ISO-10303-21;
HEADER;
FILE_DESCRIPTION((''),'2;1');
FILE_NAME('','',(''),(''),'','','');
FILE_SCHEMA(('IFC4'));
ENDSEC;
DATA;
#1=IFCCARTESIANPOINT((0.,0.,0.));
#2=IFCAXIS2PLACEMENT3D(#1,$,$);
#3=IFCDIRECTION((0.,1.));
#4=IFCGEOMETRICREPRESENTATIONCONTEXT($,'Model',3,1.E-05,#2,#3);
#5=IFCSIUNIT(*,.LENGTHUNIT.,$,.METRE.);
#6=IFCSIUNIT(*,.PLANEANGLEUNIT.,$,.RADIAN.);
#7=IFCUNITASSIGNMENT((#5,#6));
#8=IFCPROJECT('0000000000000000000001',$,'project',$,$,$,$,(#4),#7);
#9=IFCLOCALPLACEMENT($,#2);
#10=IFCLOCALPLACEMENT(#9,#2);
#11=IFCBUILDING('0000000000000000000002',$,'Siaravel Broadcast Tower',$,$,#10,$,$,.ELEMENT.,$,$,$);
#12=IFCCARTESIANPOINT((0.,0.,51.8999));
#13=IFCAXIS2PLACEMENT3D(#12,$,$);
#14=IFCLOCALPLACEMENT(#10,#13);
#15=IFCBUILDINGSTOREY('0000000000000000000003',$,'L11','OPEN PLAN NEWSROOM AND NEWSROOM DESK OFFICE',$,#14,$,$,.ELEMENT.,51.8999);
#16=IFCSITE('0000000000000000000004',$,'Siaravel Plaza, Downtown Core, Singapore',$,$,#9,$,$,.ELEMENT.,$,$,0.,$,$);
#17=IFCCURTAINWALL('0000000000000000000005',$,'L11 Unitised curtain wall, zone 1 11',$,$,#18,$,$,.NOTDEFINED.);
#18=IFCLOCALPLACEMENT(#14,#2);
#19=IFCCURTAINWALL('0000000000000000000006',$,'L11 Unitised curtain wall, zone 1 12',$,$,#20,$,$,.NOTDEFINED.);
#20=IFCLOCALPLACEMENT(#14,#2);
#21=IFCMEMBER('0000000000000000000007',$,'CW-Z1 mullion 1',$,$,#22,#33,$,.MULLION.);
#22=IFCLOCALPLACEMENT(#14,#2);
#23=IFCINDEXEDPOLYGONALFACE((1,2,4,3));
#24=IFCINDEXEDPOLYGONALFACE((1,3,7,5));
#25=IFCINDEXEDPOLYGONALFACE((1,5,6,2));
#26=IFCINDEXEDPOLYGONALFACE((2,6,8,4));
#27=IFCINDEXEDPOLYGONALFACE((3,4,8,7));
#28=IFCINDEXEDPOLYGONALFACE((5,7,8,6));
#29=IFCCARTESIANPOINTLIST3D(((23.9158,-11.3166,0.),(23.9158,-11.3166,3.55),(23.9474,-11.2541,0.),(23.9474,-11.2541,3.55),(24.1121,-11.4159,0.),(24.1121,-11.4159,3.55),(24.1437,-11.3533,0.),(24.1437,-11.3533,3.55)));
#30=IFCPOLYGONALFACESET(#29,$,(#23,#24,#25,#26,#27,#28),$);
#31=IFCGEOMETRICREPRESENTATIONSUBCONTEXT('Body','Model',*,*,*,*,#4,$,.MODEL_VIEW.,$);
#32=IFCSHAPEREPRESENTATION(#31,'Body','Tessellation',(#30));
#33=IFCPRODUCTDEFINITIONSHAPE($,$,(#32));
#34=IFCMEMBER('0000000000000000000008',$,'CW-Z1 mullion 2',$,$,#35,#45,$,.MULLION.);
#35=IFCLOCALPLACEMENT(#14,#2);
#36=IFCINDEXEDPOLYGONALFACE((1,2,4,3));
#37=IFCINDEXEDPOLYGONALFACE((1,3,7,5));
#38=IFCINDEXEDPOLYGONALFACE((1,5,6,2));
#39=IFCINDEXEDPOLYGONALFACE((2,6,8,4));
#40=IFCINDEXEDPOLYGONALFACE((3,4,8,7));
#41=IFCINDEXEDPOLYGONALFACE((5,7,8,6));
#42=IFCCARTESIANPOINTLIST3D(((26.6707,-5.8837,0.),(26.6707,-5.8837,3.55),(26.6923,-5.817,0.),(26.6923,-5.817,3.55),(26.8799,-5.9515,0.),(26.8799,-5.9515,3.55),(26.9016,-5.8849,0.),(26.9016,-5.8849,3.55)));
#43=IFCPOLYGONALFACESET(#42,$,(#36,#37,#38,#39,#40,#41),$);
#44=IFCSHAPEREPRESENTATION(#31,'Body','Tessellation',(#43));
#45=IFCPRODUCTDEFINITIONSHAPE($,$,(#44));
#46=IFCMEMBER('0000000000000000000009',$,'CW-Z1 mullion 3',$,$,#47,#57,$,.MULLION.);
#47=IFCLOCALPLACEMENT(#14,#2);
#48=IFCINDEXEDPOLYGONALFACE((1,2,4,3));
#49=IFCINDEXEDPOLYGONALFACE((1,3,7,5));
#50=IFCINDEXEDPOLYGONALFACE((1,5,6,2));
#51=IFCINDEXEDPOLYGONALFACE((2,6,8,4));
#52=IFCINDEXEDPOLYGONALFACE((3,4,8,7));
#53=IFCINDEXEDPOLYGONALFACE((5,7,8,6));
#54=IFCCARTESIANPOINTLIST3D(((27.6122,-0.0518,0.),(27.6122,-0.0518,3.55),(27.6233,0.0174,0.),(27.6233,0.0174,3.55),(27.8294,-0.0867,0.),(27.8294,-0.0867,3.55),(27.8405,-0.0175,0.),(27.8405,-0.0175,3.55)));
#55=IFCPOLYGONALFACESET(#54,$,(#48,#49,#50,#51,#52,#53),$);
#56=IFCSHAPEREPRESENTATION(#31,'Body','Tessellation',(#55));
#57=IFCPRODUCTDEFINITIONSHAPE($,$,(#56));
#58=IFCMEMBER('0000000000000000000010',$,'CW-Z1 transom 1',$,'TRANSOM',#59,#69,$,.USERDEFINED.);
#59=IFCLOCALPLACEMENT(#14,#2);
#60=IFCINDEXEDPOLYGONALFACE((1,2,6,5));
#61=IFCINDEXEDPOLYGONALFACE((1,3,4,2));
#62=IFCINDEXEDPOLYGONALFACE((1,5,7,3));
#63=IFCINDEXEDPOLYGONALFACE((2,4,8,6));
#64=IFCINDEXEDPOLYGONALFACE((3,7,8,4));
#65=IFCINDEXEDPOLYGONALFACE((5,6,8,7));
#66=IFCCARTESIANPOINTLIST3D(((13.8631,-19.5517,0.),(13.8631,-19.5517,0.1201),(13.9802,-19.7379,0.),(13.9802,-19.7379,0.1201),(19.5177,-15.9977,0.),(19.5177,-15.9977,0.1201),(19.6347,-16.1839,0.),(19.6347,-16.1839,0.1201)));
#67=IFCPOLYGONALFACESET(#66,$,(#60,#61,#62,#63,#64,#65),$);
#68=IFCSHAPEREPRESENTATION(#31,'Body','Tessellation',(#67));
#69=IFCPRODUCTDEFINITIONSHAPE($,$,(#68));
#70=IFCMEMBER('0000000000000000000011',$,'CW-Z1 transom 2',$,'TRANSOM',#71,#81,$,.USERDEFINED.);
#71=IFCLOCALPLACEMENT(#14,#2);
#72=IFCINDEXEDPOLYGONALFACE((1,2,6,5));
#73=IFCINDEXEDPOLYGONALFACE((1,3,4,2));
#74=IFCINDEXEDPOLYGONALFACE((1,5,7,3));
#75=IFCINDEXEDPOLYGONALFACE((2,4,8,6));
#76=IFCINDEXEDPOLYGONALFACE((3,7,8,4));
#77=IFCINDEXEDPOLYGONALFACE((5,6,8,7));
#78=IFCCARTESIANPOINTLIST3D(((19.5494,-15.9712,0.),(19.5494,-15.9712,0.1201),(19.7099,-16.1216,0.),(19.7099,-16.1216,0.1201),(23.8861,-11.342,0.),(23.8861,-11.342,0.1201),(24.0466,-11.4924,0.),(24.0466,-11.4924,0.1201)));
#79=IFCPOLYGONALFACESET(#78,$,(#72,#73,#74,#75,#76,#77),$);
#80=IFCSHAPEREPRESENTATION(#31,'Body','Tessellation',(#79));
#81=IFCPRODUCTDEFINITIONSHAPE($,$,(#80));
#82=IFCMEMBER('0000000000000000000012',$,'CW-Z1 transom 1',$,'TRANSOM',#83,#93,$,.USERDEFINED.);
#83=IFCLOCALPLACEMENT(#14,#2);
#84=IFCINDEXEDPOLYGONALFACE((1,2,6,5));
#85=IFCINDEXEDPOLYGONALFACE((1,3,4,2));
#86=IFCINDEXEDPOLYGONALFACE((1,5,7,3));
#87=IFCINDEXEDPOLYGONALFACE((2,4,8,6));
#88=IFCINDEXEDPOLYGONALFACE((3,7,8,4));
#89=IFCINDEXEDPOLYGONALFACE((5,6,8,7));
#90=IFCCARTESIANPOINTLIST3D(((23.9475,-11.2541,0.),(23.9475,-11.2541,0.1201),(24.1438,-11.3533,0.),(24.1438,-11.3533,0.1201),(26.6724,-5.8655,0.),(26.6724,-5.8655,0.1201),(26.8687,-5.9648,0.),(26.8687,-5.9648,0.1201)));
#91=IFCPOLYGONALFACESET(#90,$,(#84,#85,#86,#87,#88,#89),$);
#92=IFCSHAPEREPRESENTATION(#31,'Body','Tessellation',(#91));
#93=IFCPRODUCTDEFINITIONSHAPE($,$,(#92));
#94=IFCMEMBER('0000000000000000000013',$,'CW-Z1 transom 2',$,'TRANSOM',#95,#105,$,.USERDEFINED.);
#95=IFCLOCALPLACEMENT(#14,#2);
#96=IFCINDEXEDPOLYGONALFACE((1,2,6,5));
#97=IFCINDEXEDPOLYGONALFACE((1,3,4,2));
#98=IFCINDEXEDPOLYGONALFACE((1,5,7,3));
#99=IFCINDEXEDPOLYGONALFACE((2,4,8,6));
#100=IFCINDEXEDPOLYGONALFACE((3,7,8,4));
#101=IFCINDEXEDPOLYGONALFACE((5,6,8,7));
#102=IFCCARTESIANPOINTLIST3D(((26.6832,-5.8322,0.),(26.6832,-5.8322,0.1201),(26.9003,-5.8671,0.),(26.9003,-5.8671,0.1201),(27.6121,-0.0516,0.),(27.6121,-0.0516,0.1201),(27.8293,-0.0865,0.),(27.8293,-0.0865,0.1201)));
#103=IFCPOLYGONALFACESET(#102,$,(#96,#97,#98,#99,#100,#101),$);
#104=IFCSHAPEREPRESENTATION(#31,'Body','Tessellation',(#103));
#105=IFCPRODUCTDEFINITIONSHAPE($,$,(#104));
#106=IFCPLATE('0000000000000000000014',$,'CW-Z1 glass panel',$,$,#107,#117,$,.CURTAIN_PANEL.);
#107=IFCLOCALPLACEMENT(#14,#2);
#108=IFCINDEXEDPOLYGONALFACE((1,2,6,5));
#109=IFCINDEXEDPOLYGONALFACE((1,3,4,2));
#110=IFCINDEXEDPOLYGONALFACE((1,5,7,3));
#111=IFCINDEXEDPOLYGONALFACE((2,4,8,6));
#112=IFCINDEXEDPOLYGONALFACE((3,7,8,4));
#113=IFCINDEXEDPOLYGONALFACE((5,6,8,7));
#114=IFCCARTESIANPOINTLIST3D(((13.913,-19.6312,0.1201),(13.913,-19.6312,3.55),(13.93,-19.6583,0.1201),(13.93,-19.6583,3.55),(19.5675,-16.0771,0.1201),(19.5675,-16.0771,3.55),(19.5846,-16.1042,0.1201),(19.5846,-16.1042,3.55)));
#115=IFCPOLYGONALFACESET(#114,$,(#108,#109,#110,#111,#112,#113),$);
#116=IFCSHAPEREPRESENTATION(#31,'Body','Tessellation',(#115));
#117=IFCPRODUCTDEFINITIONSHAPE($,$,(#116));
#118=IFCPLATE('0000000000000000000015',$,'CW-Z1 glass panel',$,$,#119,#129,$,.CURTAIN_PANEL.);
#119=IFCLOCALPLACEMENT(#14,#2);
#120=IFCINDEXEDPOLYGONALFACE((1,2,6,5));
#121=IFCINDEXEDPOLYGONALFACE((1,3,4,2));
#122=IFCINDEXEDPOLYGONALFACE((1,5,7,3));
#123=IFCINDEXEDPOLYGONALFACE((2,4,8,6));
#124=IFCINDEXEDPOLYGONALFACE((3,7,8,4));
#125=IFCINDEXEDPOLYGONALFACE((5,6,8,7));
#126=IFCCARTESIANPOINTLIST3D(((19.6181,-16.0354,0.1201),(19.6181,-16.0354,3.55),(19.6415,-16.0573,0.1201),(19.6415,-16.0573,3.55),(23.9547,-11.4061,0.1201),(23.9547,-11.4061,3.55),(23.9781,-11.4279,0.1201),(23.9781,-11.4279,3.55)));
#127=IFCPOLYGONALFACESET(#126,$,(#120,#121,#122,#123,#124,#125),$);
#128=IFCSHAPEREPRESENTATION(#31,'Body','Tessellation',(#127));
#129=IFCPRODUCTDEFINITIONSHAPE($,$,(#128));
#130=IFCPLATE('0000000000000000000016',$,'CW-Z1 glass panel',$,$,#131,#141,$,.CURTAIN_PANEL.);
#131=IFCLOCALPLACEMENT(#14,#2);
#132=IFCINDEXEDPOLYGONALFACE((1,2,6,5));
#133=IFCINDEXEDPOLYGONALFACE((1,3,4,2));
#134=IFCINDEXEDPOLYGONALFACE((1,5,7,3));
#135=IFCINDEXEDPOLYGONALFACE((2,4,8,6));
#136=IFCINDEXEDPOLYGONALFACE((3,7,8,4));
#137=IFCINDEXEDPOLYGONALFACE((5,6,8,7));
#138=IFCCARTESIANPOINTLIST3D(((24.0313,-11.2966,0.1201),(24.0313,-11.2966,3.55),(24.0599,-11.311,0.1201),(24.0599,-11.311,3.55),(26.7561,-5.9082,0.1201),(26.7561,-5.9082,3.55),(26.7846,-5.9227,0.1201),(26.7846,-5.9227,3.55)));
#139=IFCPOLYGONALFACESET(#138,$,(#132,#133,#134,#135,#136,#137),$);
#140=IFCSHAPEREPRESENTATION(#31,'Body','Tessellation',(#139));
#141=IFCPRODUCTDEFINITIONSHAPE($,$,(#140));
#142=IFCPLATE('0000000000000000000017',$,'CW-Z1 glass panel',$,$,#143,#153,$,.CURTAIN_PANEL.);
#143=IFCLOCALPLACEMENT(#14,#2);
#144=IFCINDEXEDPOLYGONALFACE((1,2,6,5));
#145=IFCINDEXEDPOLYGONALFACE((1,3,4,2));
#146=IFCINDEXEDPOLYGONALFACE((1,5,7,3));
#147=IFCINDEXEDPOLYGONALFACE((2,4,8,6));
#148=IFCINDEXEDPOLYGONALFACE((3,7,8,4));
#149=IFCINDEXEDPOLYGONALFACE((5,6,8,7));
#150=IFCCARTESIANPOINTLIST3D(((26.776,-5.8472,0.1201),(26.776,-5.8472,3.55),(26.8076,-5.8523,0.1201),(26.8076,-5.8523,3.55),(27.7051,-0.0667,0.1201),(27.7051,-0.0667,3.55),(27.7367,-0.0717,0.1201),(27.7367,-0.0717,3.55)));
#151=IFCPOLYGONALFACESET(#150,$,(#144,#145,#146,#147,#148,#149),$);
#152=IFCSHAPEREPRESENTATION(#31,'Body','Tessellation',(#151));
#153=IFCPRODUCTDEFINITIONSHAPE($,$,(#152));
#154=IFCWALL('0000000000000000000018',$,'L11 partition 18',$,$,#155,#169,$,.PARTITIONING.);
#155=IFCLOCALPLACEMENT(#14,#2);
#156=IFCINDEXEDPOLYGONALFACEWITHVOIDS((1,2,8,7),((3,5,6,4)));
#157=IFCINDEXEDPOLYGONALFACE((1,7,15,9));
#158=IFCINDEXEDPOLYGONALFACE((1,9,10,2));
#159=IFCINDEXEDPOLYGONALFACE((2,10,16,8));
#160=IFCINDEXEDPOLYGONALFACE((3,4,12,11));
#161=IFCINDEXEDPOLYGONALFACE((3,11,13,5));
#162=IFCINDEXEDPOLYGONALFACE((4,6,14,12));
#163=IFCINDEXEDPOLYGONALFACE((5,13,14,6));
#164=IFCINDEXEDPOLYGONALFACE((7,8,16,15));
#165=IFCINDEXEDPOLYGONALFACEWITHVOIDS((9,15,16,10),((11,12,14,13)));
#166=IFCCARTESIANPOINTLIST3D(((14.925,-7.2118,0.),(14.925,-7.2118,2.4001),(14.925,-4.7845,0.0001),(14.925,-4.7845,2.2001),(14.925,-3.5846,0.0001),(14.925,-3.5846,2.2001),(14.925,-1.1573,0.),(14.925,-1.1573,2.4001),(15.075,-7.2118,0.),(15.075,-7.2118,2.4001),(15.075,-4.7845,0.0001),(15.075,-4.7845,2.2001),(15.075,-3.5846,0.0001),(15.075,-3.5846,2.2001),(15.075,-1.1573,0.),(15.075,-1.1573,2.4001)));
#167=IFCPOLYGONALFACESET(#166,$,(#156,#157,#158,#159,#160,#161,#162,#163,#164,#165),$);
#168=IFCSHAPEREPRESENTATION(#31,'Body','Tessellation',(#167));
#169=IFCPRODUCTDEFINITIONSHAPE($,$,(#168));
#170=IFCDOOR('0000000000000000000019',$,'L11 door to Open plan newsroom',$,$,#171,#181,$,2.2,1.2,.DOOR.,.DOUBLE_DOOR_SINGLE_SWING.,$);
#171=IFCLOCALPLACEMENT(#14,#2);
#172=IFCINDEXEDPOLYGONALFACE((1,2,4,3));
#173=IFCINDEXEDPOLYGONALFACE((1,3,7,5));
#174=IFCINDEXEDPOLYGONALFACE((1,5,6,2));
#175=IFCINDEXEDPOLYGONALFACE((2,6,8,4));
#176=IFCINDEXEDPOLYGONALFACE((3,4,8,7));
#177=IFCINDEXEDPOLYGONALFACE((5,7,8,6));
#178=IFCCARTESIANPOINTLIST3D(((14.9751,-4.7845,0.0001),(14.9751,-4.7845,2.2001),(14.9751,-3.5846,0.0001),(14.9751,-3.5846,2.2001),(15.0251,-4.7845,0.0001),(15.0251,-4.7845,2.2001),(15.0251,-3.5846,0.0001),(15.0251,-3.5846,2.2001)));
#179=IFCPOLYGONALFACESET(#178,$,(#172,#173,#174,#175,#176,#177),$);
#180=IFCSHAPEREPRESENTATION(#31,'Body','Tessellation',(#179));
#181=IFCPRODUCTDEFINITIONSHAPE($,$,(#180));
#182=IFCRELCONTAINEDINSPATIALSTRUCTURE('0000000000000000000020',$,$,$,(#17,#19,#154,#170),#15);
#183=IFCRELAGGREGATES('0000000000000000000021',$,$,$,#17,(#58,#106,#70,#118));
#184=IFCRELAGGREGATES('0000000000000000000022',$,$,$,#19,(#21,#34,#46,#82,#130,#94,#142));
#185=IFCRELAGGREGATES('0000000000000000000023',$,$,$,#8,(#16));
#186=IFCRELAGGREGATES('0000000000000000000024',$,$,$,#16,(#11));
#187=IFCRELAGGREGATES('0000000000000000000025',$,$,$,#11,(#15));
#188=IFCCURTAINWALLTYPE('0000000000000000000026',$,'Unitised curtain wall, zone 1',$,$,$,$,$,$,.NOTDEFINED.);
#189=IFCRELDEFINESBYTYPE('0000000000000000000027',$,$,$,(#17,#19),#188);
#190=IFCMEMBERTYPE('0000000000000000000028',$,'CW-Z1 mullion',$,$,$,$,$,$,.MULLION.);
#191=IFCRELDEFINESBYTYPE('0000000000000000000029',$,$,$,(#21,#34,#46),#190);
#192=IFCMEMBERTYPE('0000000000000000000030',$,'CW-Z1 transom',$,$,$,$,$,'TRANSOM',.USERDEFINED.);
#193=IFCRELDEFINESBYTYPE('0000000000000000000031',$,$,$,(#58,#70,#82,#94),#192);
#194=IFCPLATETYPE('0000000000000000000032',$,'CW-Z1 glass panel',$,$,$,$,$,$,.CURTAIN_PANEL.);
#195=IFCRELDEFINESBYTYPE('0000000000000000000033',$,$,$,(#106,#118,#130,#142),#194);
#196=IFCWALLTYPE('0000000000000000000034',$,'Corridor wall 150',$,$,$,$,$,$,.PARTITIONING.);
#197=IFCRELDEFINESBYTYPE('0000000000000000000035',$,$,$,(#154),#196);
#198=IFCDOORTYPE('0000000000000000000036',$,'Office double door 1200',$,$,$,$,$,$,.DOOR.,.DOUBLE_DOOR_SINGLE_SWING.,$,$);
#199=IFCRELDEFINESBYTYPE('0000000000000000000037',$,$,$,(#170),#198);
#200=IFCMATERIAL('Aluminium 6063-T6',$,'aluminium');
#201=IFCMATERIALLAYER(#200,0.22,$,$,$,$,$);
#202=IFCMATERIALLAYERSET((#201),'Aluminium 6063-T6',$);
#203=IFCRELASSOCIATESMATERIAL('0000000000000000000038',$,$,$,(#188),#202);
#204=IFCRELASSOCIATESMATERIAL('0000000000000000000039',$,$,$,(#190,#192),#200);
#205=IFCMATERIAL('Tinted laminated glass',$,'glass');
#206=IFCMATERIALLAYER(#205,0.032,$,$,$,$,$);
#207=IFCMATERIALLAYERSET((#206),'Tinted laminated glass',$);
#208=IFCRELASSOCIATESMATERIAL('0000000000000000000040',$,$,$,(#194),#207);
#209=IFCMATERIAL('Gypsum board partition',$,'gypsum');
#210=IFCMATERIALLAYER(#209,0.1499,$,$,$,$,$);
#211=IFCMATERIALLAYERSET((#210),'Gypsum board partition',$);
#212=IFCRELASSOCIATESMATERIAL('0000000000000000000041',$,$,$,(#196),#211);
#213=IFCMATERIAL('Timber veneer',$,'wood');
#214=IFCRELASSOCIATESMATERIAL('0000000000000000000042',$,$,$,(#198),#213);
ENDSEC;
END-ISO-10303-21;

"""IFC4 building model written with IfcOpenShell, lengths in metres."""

from ifc_helpers import new_model, si_unit, direction, frame, frame_2d, origin, origin_2d, place, context, subcontext, project, spatial, rectangle, extrude, material, layer, layer_set, material_profile, profile_set, type_object, element, fill, aggregate, save


model = new_model("IFC4")

# Units and contexts
model_context = context("Model", 3, precision=1e-05, world=origin(), true_north=direction((0.0, 1.0)))
body_context = subcontext(model_context, "Body", "Model", "MODEL_VIEW")
ifc_project = project(units=[si_unit("LENGTHUNIT", "METRE"), si_unit("PLANEANGLEUNIT", "RADIAN")], contexts=[model_context])

# Site, building, storey
site_placement = place(None, origin())
site = spatial("IfcSite", under=ifc_project, at=site_placement, Name="Siaravel Plaza, Downtown Core, Singapore", CompositionType="ELEMENT", RefElevation=0.0)
building_placement = place(site_placement, origin())
building = spatial("IfcBuilding", under=site, at=building_placement, Name="Siaravel Broadcast Tower", CompositionType="ELEMENT")
storey_placement = place(building_placement, frame((0.0, 0.0, 51.8999)))
storey = spatial("IfcBuildingStorey", under=building, at=storey_placement, Name="L11", Description="OPEN PLAN NEWSROOM AND NEWSROOM DESK OFFICE", CompositionType="ELEMENT", Elevation=51.8999)

# Shared definitions
ifc_material_1 = material(Name="Aluminium 6063-T6", Category="aluminium")
ifc_layer_1 = layer(ifc_material_1, 0.22)
ifc_layer_set_1 = layer_set([ifc_layer_1], Name="Aluminium 6063-T6")
curtain_wall_type = type_object("IfcCurtainWallType", Name="Unitised curtain wall, zone 1", PredefinedType="NOTDEFINED", material=ifc_layer_set_1)
ifc_material_profile_1 = material_profile(ifc_material_1, rectangle(XDim=0.22, YDim=0.0701, at=origin_2d()))
ifc_profile_set_1 = profile_set([ifc_material_profile_1], Name="Aluminium 6063-T6")
member_type_1 = type_object("IfcMemberType", Name="CW-Z1 mullion", PredefinedType="MULLION", material=ifc_profile_set_1)

# Curtain walls, members
curtain_wall_1_placement = place(storey_placement, origin())
curtain_wall_1 = element("IfcCurtainWall", 1, at=curtain_wall_1_placement, inside=storey, type_object=curtain_wall_type, Name="L11 Unitised curtain wall, zone 1 11", PredefinedType="NOTDEFINED")
curtain_wall_2_placement = place(storey_placement, origin())
curtain_wall_2 = element("IfcCurtainWall", 2, at=curtain_wall_2_placement, inside=storey, type_object=curtain_wall_type, Name="L11 Unitised curtain wall, zone 1 12", PredefinedType="NOTDEFINED")
member_1_placement = place(storey_placement, frame((24.0298, -11.335, 0.0), z_axis=(0.0, 0.0, 1.0), x_axis=(-0.892392, 0.451261, 0.0)))
member_1 = element("IfcMember", 3, at=member_1_placement, type_object=member_type_1, Name="CW-Z1 mullion 1", PredefinedType="MULLION", context=body_context, shape_type="SweptSolid", body=[
    extrude(rectangle(XDim=0.22, YDim=0.0701, at=origin_2d()), origin(), (0.0, 0.0, 1.0), 3.55),
])
member_2_placement = place(storey_placement, frame((26.7861, -5.8843, 0.0), z_axis=(0.0, 0.0, 1.0), x_axis=(-0.951177, 0.308646, 0.0)))
member_2 = element("IfcMember", 4, at=member_2_placement, type_object=member_type_1, Name="CW-Z1 mullion 2", PredefinedType="MULLION", context=body_context, shape_type="SweptSolid", body=[
    extrude(rectangle(XDim=0.22, YDim=0.0701, at=origin_2d()), origin(), (0.0, 0.0, 1.0), 3.55),
])
member_3_placement = place(storey_placement, frame((27.7263, -0.0347, 0.0), z_axis=(0.0, 0.0, 1.0), x_axis=(-0.987329, 0.158686, 0.0)))
member_3 = element("IfcMember", 5, at=member_3_placement, type_object=member_type_1, Name="CW-Z1 mullion 3", PredefinedType="MULLION", context=body_context, shape_type="SweptSolid", body=[
    extrude(rectangle(XDim=0.22, YDim=0.0701, at=origin_2d()), origin(), (0.0, 0.0, 1.0), 3.55),
])

# Members
ifc_material_profile_2 = material_profile(ifc_material_1, rectangle(XDim=0.22, YDim=0.1201, at=origin_2d()))
ifc_profile_set_2 = profile_set([ifc_material_profile_2], Name="Aluminium 6063-T6")
member_type_2 = type_object("IfcMemberType", Name="CW-Z1 transom", ElementType="TRANSOM", PredefinedType="USERDEFINED", material=ifc_profile_set_2)
member_4_placement = place(storey_placement, frame((13.9216, -19.6448, 0.0601), z_axis=(0.846659, 0.532136, 0.0), x_axis=(-0.532136, 0.846659, 0.0)))
member_4 = element("IfcMember", 6, at=member_4_placement, type_object=member_type_2, Name="CW-Z1 transom 1", ObjectType="TRANSOM", PredefinedType="USERDEFINED", context=body_context, shape_type="SweptSolid", body=[
    extrude(rectangle(XDim=0.22, YDim=0.1201, at=origin_2d()), origin(), (0.0, 0.0, 1.0), 6.6787),
])
member_5_placement = place(storey_placement, frame((19.6296, -16.0464, 0.0601), z_axis=(0.683676, 0.729786, 0.0), x_axis=(-0.729786, 0.683676, 0.0)))
member_5 = element("IfcMember", 7, at=member_5_placement, type_object=member_type_2, Name="CW-Z1 transom 2", ObjectType="TRANSOM", PredefinedType="USERDEFINED", context=body_context, shape_type="SweptSolid", body=[
    extrude(rectangle(XDim=0.22, YDim=0.1201, at=origin_2d()), origin(), (0.0, 0.0, 1.0), 6.3433),
])
member_6_placement = place(storey_placement, frame((24.0457, -11.3037, 0.0601), z_axis=(0.451268, 0.892388, 0.0), x_axis=(-0.892388, 0.451268, 0.0)))
member_6 = element("IfcMember", 8, at=member_6_placement, type_object=member_type_2, Name="CW-Z1 transom 1", ObjectType="TRANSOM", PredefinedType="USERDEFINED", context=body_context, shape_type="SweptSolid", body=[
    extrude(rectangle(XDim=0.22, YDim=0.1201, at=origin_2d()), origin(), (0.0, 0.0, 1.0), 6.0383),
])
member_7_placement = place(storey_placement, frame((26.7917, -5.8496, 0.0601), z_axis=(0.158669, 0.987332, 0.0), x_axis=(-0.987332, 0.158669, 0.0)))
member_7 = element("IfcMember", 9, at=member_7_placement, type_object=member_type_2, Name="CW-Z1 transom 2", ObjectType="TRANSOM", PredefinedType="USERDEFINED", context=body_context, shape_type="SweptSolid", body=[
    extrude(rectangle(XDim=0.22, YDim=0.1201, at=origin_2d()), origin(), (0.0, 0.0, 1.0), 5.8547),
])

# Plates
ifc_material_2 = material(Name="Tinted laminated glass", Category="glass")
ifc_layer_2 = layer(ifc_material_2, 0.032)
ifc_layer_set_2 = layer_set([ifc_layer_2], Name="Tinted laminated glass")
plate_type = type_object("IfcPlateType", Name="CW-Z1 glass panel", PredefinedType="CURTAIN_PANEL", material=ifc_layer_set_2)
plate_1_placement = place(storey_placement, frame((16.7488, -17.8677, 0.1201), z_axis=(0.0, 0.0, 1.0), x_axis=(0.846651, 0.532149, 0.0)))
plate_1 = element("IfcPlate", 10, at=plate_1_placement, type_object=plate_type, Name="CW-Z1 glass panel", PredefinedType="CURTAIN_PANEL", context=body_context, shape_type="SweptSolid", body=[
    extrude(rectangle(XDim=6.6787, YDim=0.032, at=origin_2d()), origin(), (0.0, 0.0, 1.0), 3.4299),
])
plate_2_placement = place(storey_placement, frame((21.7981, -13.7317, 0.1201), z_axis=(0.0, 0.0, 1.0), x_axis=(0.683655, 0.729805, 0.0)))
plate_2 = element("IfcPlate", 11, at=plate_2_placement, type_object=plate_type, Name="CW-Z1 glass panel", PredefinedType="CURTAIN_PANEL", context=body_context, shape_type="SweptSolid", body=[
    extrude(rectangle(XDim=6.3433, YDim=0.032, at=origin_2d()), origin(), (0.0, 0.0, 1.0), 3.4299),
])
aggregate(curtain_wall_1, [member_4, plate_1, member_5, plate_2])
plate_3_placement = place(storey_placement, frame((25.408, -8.6096, 0.1201), z_axis=(0.0, 0.0, 1.0), x_axis=(0.451261, 0.892392, 0.0)))
plate_3 = element("IfcPlate", 12, at=plate_3_placement, type_object=plate_type, Name="CW-Z1 glass panel", PredefinedType="CURTAIN_PANEL", context=body_context, shape_type="SweptSolid", body=[
    extrude(rectangle(XDim=6.0381, YDim=0.032, at=origin_2d()), origin(), (0.0, 0.0, 1.0), 3.4299),
])
plate_4_placement = place(storey_placement, frame((27.2563, -2.9595, 0.1201), z_axis=(0.0, 0.0, 1.0), x_axis=(0.158686, 0.987329, 0.0)))
plate_4 = element("IfcPlate", 13, at=plate_4_placement, type_object=plate_type, Name="CW-Z1 glass panel", PredefinedType="CURTAIN_PANEL", context=body_context, shape_type="SweptSolid", body=[
    extrude(rectangle(XDim=5.8547, YDim=0.032, at=origin_2d()), origin(), (0.0, 0.0, 1.0), 3.4299),
])
aggregate(curtain_wall_2, [member_1, member_2, member_3, member_6, plate_3, member_7, plate_4])

# Wall, opening, door
ifc_material_3 = material(Name="Gypsum board partition", Category="gypsum")
ifc_layer_3 = layer(ifc_material_3, 0.1499)
ifc_layer_set_3 = layer_set([ifc_layer_3], Name="Gypsum board partition")
wall_type_1 = type_object("IfcWallType", Name="Corridor wall 150", PredefinedType="PARTITIONING", material=ifc_layer_set_3)
wall_1_placement = place(storey_placement, frame((15.0, -7.2119, 0.0), z_axis=(0.0, 0.0, 1.0), x_axis=(0.0, 1.0, 0.0)))
wall_1 = element("IfcWall", 14, at=wall_1_placement, inside=storey, type_object=wall_type_1, Name="L11 partition 18", PredefinedType="PARTITIONING", context=body_context, shape_type="SweptSolid", body=[
    extrude(rectangle(XDim=6.0544, YDim=0.1499, at=frame_2d((3.0273, 0.0))), origin(), (0.0, 0.0, 1.0), 2.4001),
])
opening_1_placement = place(wall_1_placement, frame((2.4272, 0.0, 0.0)))
opening_1 = element("IfcOpeningElement", 15, at=opening_1_placement, cuts=wall_1, PredefinedType="OPENING", context=body_context, shape_type="SweptSolid", body=[
    extrude(rectangle(XDim=1.2, YDim=2.2, at=frame_2d((0.6001, 1.1001))), frame((0.0, 0.085, 0.0), z_axis=(0.0, -1.0, 0.0), x_axis=(1.0, 0.0, 0.0)), (0.0, 0.0, 1.0), 0.1699),
])
ifc_material_4 = material(Name="Timber veneer", Category="wood")
door_type_1 = type_object("IfcDoorType", Name="Office double door 1200", OperationType="DOUBLE_DOOR_SINGLE_SWING", PredefinedType="DOOR", material=ifc_material_4)
door_1_placement = place(opening_1_placement, origin())
door_1 = element("IfcDoor", 16, at=door_1_placement, inside=storey, type_object=door_type_1, Name="L11 door to Open plan newsroom", OperationType="DOUBLE_DOOR_SINGLE_SWING", OverallHeight=2.2, OverallWidth=1.2, PredefinedType="DOOR", context=body_context, shape_type="SweptSolid", body=[
    extrude(rectangle(XDim=1.2, YDim=2.2, at=frame_2d((0.6001, 1.1001))), frame((0.0, 0.0249, 0.0), z_axis=(0.0, -1.0, 0.0), x_axis=(1.0, 0.0, 0.0)), (0.0, 0.0, 1.0), 0.05),
])
fill(opening_1, door_1)

save(model, "model.ifc")
